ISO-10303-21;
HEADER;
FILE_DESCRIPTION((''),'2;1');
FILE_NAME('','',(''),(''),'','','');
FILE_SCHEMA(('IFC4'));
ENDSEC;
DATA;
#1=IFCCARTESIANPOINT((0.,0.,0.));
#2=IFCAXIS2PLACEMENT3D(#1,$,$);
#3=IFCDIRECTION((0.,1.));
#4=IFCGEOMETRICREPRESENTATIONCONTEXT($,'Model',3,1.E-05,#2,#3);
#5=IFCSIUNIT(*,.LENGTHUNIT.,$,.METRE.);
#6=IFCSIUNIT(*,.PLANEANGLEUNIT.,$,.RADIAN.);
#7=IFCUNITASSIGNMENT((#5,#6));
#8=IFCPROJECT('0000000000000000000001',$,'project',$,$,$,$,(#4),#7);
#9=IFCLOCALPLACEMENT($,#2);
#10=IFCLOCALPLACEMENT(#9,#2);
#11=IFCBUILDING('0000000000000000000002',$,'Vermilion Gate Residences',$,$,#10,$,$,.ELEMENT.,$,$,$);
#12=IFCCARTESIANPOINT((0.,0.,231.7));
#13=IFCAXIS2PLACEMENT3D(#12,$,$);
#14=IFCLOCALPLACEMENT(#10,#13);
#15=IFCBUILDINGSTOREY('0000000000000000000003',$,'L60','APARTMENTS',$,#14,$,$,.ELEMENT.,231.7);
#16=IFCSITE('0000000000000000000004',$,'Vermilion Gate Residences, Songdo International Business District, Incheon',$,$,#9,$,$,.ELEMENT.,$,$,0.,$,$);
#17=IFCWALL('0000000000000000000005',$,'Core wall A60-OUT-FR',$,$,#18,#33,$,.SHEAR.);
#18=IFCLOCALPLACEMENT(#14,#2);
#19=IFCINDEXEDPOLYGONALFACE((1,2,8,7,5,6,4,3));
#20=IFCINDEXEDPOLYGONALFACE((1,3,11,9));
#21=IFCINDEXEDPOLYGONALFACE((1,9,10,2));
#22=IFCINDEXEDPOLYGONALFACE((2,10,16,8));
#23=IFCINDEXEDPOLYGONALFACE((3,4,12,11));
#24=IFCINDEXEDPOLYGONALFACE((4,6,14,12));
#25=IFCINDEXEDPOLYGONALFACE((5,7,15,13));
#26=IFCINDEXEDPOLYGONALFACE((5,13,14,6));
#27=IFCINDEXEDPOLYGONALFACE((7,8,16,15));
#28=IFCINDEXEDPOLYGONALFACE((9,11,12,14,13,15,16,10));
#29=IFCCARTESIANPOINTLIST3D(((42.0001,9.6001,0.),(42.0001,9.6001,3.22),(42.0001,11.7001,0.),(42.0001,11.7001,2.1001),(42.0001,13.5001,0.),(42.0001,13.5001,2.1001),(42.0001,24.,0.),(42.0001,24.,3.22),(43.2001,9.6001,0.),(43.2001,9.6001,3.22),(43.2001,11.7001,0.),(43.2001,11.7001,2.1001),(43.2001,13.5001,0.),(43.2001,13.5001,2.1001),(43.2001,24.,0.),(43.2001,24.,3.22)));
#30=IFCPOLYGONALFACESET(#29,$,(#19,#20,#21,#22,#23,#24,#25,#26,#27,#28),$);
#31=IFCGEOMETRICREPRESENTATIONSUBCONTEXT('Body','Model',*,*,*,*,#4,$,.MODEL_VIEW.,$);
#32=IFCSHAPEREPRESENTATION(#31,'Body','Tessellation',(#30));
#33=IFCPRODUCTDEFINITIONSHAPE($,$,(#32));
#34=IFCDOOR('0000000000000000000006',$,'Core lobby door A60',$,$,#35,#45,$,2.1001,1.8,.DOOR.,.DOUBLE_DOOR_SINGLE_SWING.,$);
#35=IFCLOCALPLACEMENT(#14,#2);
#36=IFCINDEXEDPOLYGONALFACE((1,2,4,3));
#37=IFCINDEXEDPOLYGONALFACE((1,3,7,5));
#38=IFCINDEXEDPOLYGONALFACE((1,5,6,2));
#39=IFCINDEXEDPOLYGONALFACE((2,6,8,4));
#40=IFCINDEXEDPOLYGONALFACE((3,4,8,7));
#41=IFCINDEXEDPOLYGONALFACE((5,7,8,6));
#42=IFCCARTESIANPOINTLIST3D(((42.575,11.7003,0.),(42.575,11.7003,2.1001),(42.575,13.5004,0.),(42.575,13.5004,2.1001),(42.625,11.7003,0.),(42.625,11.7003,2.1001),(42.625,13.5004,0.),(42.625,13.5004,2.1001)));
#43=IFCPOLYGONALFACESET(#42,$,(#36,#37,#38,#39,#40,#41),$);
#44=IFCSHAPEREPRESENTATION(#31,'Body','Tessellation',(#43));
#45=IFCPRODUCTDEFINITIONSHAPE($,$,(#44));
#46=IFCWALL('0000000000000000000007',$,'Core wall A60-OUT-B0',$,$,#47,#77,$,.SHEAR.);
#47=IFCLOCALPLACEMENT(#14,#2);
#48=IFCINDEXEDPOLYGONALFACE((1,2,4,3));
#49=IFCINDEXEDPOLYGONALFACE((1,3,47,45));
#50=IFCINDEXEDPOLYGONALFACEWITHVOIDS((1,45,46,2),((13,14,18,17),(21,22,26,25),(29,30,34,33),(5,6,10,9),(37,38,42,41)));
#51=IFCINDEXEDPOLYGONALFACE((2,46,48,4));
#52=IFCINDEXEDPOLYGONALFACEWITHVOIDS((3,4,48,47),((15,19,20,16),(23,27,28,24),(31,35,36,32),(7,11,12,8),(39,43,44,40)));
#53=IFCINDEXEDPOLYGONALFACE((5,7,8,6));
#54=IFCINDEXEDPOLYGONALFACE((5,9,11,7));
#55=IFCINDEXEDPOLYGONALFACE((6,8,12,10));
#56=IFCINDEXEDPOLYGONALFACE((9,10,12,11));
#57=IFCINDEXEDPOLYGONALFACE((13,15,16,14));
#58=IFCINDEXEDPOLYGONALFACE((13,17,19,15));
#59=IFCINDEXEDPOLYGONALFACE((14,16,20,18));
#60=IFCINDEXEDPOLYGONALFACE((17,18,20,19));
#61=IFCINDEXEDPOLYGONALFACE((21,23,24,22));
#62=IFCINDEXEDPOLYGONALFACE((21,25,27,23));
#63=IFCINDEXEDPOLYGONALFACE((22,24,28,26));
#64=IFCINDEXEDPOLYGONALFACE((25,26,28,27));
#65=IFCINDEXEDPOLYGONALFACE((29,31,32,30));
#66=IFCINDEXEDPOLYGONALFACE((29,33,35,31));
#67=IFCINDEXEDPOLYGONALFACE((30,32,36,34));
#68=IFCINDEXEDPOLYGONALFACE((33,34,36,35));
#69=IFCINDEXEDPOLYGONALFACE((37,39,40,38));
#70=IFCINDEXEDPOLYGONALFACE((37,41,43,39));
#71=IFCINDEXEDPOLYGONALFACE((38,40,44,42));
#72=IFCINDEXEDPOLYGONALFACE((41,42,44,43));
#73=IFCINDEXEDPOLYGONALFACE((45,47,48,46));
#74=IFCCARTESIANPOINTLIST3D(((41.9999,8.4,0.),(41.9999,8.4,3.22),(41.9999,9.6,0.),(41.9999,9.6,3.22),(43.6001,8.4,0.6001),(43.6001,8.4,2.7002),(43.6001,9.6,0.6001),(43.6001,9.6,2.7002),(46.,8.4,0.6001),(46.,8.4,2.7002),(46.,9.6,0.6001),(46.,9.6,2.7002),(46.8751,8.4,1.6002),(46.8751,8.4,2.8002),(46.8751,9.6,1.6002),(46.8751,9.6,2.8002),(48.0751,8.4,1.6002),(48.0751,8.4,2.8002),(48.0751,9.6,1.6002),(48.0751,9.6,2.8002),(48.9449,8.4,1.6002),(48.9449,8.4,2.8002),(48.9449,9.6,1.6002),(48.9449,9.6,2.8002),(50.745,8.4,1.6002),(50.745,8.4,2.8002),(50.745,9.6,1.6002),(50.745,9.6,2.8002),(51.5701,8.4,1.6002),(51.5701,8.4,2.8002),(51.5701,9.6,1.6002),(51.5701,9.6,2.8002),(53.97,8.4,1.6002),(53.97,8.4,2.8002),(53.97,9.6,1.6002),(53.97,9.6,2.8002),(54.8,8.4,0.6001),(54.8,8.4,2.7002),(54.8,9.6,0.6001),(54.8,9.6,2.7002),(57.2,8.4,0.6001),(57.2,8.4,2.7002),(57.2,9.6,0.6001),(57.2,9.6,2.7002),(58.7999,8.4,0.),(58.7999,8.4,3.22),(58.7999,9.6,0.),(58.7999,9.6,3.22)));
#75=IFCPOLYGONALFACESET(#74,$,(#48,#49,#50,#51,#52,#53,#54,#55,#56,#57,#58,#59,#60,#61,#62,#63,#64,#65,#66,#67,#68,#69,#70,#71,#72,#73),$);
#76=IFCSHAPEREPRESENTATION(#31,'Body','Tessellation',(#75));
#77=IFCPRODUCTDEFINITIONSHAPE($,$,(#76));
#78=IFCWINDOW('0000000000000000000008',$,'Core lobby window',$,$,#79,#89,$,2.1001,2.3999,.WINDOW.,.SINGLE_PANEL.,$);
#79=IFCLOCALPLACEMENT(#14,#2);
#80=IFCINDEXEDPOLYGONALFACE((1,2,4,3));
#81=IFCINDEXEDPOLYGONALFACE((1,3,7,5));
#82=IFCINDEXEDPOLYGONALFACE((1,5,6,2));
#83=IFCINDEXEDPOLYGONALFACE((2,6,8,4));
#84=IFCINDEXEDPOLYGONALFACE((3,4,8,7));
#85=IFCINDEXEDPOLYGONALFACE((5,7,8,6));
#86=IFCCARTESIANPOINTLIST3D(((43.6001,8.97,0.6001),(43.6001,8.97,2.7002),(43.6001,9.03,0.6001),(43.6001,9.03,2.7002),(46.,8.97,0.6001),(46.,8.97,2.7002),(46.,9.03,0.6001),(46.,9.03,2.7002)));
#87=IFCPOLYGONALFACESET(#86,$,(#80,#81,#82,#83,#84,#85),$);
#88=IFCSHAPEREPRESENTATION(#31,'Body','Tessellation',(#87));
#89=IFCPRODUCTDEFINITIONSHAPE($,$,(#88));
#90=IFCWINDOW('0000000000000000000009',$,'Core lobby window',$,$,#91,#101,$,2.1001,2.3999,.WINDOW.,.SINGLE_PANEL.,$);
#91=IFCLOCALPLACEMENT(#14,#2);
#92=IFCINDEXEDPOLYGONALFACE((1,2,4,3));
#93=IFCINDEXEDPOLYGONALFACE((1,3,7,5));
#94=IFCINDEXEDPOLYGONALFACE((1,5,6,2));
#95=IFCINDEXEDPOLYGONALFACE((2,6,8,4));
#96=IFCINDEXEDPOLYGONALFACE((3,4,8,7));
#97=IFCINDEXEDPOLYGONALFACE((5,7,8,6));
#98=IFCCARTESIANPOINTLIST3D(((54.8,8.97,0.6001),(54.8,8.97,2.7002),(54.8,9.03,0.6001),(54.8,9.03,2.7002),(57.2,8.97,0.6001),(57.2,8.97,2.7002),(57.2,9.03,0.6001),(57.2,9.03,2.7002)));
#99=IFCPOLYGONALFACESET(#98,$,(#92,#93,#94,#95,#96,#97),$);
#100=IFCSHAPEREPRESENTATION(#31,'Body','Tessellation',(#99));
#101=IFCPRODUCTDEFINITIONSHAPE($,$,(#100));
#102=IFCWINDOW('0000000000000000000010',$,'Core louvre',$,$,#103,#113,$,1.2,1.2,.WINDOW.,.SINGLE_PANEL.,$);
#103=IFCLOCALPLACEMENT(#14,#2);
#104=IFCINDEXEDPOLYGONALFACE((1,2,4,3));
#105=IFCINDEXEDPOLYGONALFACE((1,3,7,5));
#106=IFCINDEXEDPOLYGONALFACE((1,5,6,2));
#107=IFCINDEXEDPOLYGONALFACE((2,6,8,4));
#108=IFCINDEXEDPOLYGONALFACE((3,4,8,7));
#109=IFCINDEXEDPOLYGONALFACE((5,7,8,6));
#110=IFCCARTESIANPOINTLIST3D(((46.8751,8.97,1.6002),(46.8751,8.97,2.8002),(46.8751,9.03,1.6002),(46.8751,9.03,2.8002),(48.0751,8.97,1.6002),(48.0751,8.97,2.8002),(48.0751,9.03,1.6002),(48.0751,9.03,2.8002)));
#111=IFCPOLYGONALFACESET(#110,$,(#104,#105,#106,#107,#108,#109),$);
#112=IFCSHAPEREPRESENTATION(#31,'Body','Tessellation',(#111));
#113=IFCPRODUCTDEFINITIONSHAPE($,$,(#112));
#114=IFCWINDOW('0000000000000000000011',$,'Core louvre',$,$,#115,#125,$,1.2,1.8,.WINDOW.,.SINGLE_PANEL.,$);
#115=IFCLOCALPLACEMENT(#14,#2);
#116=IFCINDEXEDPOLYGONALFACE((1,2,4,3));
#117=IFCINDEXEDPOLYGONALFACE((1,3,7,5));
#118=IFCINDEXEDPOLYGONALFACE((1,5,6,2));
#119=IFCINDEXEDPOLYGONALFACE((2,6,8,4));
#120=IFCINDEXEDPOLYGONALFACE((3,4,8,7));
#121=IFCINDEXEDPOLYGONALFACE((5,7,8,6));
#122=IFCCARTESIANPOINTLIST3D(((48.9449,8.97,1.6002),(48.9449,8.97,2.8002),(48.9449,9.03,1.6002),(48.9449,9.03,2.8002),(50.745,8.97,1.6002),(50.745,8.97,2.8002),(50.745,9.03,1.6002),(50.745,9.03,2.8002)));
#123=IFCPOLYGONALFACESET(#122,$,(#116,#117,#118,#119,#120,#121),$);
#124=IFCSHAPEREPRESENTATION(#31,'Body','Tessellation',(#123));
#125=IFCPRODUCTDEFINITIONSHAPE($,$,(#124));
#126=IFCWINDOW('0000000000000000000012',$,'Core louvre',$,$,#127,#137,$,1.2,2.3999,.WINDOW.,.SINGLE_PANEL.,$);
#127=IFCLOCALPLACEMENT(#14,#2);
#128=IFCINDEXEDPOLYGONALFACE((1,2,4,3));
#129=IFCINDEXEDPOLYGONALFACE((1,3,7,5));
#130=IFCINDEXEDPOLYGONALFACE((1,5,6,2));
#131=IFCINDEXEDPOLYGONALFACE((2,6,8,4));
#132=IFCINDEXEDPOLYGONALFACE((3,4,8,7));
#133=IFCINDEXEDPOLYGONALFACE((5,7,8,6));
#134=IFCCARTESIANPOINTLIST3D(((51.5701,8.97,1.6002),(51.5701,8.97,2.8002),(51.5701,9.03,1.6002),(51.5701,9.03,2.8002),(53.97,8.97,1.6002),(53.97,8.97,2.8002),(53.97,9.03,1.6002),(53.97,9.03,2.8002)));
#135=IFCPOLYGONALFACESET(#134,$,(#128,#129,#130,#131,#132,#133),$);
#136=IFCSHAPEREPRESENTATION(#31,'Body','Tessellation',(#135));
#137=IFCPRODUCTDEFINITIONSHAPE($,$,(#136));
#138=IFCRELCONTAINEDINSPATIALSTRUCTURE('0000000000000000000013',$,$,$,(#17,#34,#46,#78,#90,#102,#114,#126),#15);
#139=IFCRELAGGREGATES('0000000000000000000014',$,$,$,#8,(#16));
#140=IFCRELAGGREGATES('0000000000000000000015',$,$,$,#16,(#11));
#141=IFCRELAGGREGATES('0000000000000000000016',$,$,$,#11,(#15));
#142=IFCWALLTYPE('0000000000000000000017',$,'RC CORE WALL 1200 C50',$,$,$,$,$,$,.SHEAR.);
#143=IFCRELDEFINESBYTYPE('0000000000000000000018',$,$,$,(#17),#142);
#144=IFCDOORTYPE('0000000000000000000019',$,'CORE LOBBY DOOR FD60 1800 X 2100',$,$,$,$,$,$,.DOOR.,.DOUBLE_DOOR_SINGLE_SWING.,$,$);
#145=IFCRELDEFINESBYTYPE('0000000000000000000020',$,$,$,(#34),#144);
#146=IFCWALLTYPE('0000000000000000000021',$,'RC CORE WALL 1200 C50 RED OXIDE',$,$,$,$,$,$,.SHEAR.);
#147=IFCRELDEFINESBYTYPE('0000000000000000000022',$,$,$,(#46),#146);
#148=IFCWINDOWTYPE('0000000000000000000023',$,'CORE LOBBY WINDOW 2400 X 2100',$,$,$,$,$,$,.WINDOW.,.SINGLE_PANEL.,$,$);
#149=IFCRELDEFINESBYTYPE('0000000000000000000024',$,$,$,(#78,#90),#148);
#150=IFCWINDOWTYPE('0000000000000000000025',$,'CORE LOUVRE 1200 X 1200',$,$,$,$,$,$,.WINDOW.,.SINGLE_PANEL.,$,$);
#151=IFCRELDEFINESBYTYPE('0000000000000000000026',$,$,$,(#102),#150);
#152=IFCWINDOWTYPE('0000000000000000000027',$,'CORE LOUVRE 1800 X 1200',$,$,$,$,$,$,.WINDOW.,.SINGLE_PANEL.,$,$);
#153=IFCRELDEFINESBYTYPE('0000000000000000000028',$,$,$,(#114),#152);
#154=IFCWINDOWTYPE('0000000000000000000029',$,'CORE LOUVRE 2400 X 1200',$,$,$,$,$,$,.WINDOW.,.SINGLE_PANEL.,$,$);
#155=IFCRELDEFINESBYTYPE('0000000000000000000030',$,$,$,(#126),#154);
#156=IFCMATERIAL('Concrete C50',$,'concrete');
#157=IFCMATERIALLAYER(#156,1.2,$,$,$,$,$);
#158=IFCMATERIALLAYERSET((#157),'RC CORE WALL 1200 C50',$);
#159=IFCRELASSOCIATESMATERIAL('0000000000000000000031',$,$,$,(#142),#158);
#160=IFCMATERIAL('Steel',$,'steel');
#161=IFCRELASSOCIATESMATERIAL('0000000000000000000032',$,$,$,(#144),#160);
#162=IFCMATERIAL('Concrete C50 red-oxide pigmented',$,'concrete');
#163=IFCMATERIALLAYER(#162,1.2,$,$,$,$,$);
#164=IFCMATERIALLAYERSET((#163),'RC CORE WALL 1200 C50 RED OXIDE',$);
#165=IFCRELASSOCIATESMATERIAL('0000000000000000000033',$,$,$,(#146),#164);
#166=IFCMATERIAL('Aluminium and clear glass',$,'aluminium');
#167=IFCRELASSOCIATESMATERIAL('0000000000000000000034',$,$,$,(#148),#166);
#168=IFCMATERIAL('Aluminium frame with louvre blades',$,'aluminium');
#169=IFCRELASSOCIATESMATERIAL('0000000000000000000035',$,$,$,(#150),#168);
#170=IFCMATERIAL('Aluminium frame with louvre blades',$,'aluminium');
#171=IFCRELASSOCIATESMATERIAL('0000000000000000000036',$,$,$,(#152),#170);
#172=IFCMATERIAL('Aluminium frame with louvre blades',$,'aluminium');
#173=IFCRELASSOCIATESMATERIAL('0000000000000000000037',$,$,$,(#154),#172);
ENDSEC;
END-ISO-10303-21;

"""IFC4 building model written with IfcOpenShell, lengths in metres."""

from ifc_helpers import new_model, si_unit, direction, frame, frame_2d, origin, place, context, subcontext, project, spatial, rectangle, extrude, material, layer, layer_set, type_object, element, fill, save


model = new_model("IFC4")

# Units and contexts
model_context = context("Model", 3, precision=1e-05, world=origin(), true_north=direction((0.0, 1.0)))
body_context = subcontext(model_context, "Body", "Model", "MODEL_VIEW")
ifc_project = project(units=[si_unit("LENGTHUNIT", "METRE"), si_unit("PLANEANGLEUNIT", "RADIAN")], contexts=[model_context])

# Site, building, storey
site_placement = place(None, origin())
site = spatial("IfcSite", under=ifc_project, at=site_placement, Name="Vermilion Gate Residences, Songdo International Business District, Incheon", CompositionType="ELEMENT", RefElevation=0.0)
building_placement = place(site_placement, origin())
building = spatial("IfcBuilding", under=site, at=building_placement, Name="Vermilion Gate Residences", CompositionType="ELEMENT")
storey_placement = place(building_placement, frame((0.0, 0.0, 231.7)))
storey = spatial("IfcBuildingStorey", under=building, at=storey_placement, Name="L60", Description="APARTMENTS", CompositionType="ELEMENT", Elevation=231.7)

# Wall, opening, door
ifc_material_1 = material(Name="Concrete C50", Category="concrete")
ifc_layer_1 = layer(ifc_material_1, 1.2)
ifc_layer_set_1 = layer_set([ifc_layer_1], Name="RC CORE WALL 1200 C50")
wall_type_1 = type_object("IfcWallType", Name="RC CORE WALL 1200 C50", PredefinedType="SHEAR", material=ifc_layer_set_1)
wall_1_placement = place(storey_placement, frame((42.6001, 9.6001, 0.0), z_axis=(0.0, 0.0, 1.0), x_axis=(0.0, 1.0, 0.0)))
wall_1 = element("IfcWall", 1, at=wall_1_placement, inside=storey, type_object=wall_type_1, Name="Core wall A60-OUT-FR", PredefinedType="SHEAR", context=body_context, shape_type="SweptSolid", body=[
    extrude(rectangle(XDim=14.3999, YDim=1.2, at=frame_2d((7.2, 0.0))), origin(), (0.0, 0.0, 1.0), 3.22),
])
opening_1_placement = place(wall_1_placement, frame((2.1001, 0.0, 0.0)))
opening_1 = element("IfcOpeningElement", 2, at=opening_1_placement, cuts=wall_1, PredefinedType="OPENING", context=body_context, shape_type="SweptSolid", body=[
    extrude(rectangle(XDim=1.8, YDim=2.1001, at=frame_2d((0.8999, 1.05))), frame((0.0, 0.6099, 0.0), z_axis=(0.0, -1.0, 0.0), x_axis=(1.0, 0.0, 0.0)), (0.0, 0.0, 1.0), 1.22),
])
ifc_material_2 = material(Name="Steel", Category="steel")
door_type_1 = type_object("IfcDoorType", Name="CORE LOBBY DOOR FD60 1800 X 2100", OperationType="DOUBLE_DOOR_SINGLE_SWING", PredefinedType="DOOR", material=ifc_material_2)
door_1_placement = place(opening_1_placement, frame((1.8, 0.0, 0.0), z_axis=(0.0, 0.0, 1.0), x_axis=(-1.0, 0.0, 0.0)))
door_1 = element("IfcDoor", 3, at=door_1_placement, inside=storey, type_object=door_type_1, Name="Core lobby door A60", OperationType="DOUBLE_DOOR_SINGLE_SWING", OverallHeight=2.1001, OverallWidth=1.8, PredefinedType="DOOR", context=body_context, shape_type="SweptSolid", body=[
    extrude(rectangle(XDim=1.8, YDim=2.1001, at=frame_2d((0.8999, 1.05))), frame((0.0, 0.0249, 0.0), z_axis=(0.0, -1.0, 0.0), x_axis=(1.0, 0.0, 0.0)), (0.0, 0.0, 1.0), 0.05),
])
fill(opening_1, door_1)

# Wall, openings, windows
ifc_material_3 = material(Name="Concrete C50 red-oxide pigmented", Category="concrete")
ifc_layer_2 = layer(ifc_material_3, 1.2)
ifc_layer_set_2 = layer_set([ifc_layer_2], Name="RC CORE WALL 1200 C50 RED OXIDE")
wall_type_2 = type_object("IfcWallType", Name="RC CORE WALL 1200 C50 RED OXIDE", PredefinedType="SHEAR", material=ifc_layer_set_2)
wall_2_placement = place(storey_placement, frame((42.0, 9.0, 0.0), z_axis=(0.0, 0.0, 1.0), x_axis=(1.0, 0.0, 0.0)))
wall_2 = element("IfcWall", 4, at=wall_2_placement, inside=storey, type_object=wall_type_2, Name="Core wall A60-OUT-B0", PredefinedType="SHEAR", context=body_context, shape_type="SweptSolid", body=[
    extrude(rectangle(XDim=16.8, YDim=1.2, at=frame_2d((8.3999, 0.0))), origin(), (0.0, 0.0, 1.0), 3.22),
])
opening_2_placement = place(wall_2_placement, frame((1.6001, 0.0, 0.6001)))
opening_2 = element("IfcOpeningElement", 5, at=opening_2_placement, cuts=wall_2, PredefinedType="OPENING", context=body_context, shape_type="SweptSolid", body=[
    extrude(rectangle(XDim=2.3999, YDim=2.1001, at=frame_2d((1.2, 1.05))), frame((0.0, 0.6099, 0.0), z_axis=(0.0, -1.0, 0.0), x_axis=(1.0, 0.0, 0.0)), (0.0, 0.0, 1.0), 1.22),
])
opening_3_placement = place(wall_2_placement, frame((4.875, 0.0, 1.6001)))
opening_3 = element("IfcOpeningElement", 6, at=opening_3_placement, cuts=wall_2, PredefinedType="OPENING", context=body_context, shape_type="SweptSolid", body=[
    extrude(rectangle(XDim=1.2, YDim=1.2, at=frame_2d((0.6001, 0.6001))), frame((0.0, 0.6099, 0.0), z_axis=(0.0, -1.0, 0.0), x_axis=(1.0, 0.0, 0.0)), (0.0, 0.0, 1.0), 1.22),
])
opening_4_placement = place(wall_2_placement, frame((6.9451, 0.0, 1.6001)))
opening_4 = element("IfcOpeningElement", 7, at=opening_4_placement, cuts=wall_2, PredefinedType="OPENING", context=body_context, shape_type="SweptSolid", body=[
    extrude(rectangle(XDim=1.8, YDim=1.2, at=frame_2d((0.8999, 0.6001))), frame((0.0, 0.6099, 0.0), z_axis=(0.0, -1.0, 0.0), x_axis=(1.0, 0.0, 0.0)), (0.0, 0.0, 1.0), 1.22),
])
opening_5_placement = place(wall_2_placement, frame((9.5701, 0.0, 1.6001)))
opening_5 = element("IfcOpeningElement", 8, at=opening_5_placement, cuts=wall_2, PredefinedType="OPENING", context=body_context, shape_type="SweptSolid", body=[
    extrude(rectangle(XDim=2.3999, YDim=1.2, at=frame_2d((1.2, 0.6001))), frame((0.0, 0.6099, 0.0), z_axis=(0.0, -1.0, 0.0), x_axis=(1.0, 0.0, 0.0)), (0.0, 0.0, 1.0), 1.22),
])
opening_6_placement = place(wall_2_placement, frame((12.8, 0.0, 0.6001)))
opening_6 = element("IfcOpeningElement", 9, at=opening_6_placement, cuts=wall_2, PredefinedType="OPENING", context=body_context, shape_type="SweptSolid", body=[
    extrude(rectangle(XDim=2.3999, YDim=2.1001, at=frame_2d((1.2, 1.05))), frame((0.0, 0.6099, 0.0), z_axis=(0.0, -1.0, 0.0), x_axis=(1.0, 0.0, 0.0)), (0.0, 0.0, 1.0), 1.22),
])
ifc_material_4 = material(Name="Aluminium and clear glass", Category="aluminium")
window_type_1 = type_object("IfcWindowType", Name="CORE LOBBY WINDOW 2400 X 2100", PartitioningType="SINGLE_PANEL", PredefinedType="WINDOW", material=ifc_material_4)
window_1_placement = place(opening_2_placement, origin())
window_1 = element("IfcWindow", 10, at=window_1_placement, inside=storey, type_object=window_type_1, Name="Core lobby window", OverallHeight=2.1001, OverallWidth=2.3999, PartitioningType="SINGLE_PANEL", PredefinedType="WINDOW", context=body_context, shape_type="SweptSolid", body=[
    extrude(rectangle(XDim=2.3999, YDim=2.1001, at=frame_2d((1.2, 1.05))), frame((0.0, 0.03, 0.0), z_axis=(0.0, -1.0, 0.0), x_axis=(1.0, 0.0, 0.0)), (0.0, 0.0, 1.0), 0.0601),
])
fill(opening_2, window_1)
window_2_placement = place(opening_6_placement, origin())
window_2 = element("IfcWindow", 11, at=window_2_placement, inside=storey, type_object=window_type_1, Name="Core lobby window", OverallHeight=2.1001, OverallWidth=2.3999, PartitioningType="SINGLE_PANEL", PredefinedType="WINDOW", context=body_context, shape_type="SweptSolid", body=[
    extrude(rectangle(XDim=2.3999, YDim=2.1001, at=frame_2d((1.2, 1.05))), frame((0.0, 0.03, 0.0), z_axis=(0.0, -1.0, 0.0), x_axis=(1.0, 0.0, 0.0)), (0.0, 0.0, 1.0), 0.0601),
])
fill(opening_6, window_2)
ifc_material_5 = material(Name="Aluminium frame with louvre blades", Category="aluminium")
window_type_2 = type_object("IfcWindowType", Name="CORE LOUVRE 1200 X 1200", PartitioningType="SINGLE_PANEL", PredefinedType="WINDOW", material=ifc_material_5)
window_3_placement = place(opening_3_placement, origin())
window_3 = element("IfcWindow", 12, at=window_3_placement, inside=storey, type_object=window_type_2, Name="Core louvre", OverallHeight=1.2, OverallWidth=1.2, PartitioningType="SINGLE_PANEL", PredefinedType="WINDOW", context=body_context, shape_type="SweptSolid", body=[
    extrude(rectangle(XDim=1.2, YDim=1.2, at=frame_2d((0.6001, 0.6001))), frame((0.0, 0.03, 0.0), z_axis=(0.0, -1.0, 0.0), x_axis=(1.0, 0.0, 0.0)), (0.0, 0.0, 1.0), 0.0601),
])
fill(opening_3, window_3)
ifc_material_6 = material(Name="Aluminium frame with louvre blades", Category="aluminium")
window_type_3 = type_object("IfcWindowType", Name="CORE LOUVRE 1800 X 1200", PartitioningType="SINGLE_PANEL", PredefinedType="WINDOW", material=ifc_material_6)
window_4_placement = place(opening_4_placement, origin())
window_4 = element("IfcWindow", 13, at=window_4_placement, inside=storey, type_object=window_type_3, Name="Core louvre", OverallHeight=1.2, OverallWidth=1.8, PartitioningType="SINGLE_PANEL", PredefinedType="WINDOW", context=body_context, shape_type="SweptSolid", body=[
    extrude(rectangle(XDim=1.8, YDim=1.2, at=frame_2d((0.8999, 0.6001))), frame((0.0, 0.03, 0.0), z_axis=(0.0, -1.0, 0.0), x_axis=(1.0, 0.0, 0.0)), (0.0, 0.0, 1.0), 0.0601),
])
fill(opening_4, window_4)
ifc_material_7 = material(Name="Aluminium frame with louvre blades", Category="aluminium")
window_type_4 = type_object("IfcWindowType", Name="CORE LOUVRE 2400 X 1200", PartitioningType="SINGLE_PANEL", PredefinedType="WINDOW", material=ifc_material_7)
window_5_placement = place(opening_5_placement, origin())
window_5 = element("IfcWindow", 14, at=window_5_placement, inside=storey, type_object=window_type_4, Name="Core louvre", OverallHeight=1.2, OverallWidth=2.3999, PartitioningType="SINGLE_PANEL", PredefinedType="WINDOW", context=body_context, shape_type="SweptSolid", body=[
    extrude(rectangle(XDim=2.3999, YDim=1.2, at=frame_2d((1.2, 0.6001))), frame((0.0, 0.03, 0.0), z_axis=(0.0, -1.0, 0.0), x_axis=(1.0, 0.0, 0.0)), (0.0, 0.0, 1.0), 0.0601),
])
fill(opening_5, window_5)

save(model, "model.ifc")
